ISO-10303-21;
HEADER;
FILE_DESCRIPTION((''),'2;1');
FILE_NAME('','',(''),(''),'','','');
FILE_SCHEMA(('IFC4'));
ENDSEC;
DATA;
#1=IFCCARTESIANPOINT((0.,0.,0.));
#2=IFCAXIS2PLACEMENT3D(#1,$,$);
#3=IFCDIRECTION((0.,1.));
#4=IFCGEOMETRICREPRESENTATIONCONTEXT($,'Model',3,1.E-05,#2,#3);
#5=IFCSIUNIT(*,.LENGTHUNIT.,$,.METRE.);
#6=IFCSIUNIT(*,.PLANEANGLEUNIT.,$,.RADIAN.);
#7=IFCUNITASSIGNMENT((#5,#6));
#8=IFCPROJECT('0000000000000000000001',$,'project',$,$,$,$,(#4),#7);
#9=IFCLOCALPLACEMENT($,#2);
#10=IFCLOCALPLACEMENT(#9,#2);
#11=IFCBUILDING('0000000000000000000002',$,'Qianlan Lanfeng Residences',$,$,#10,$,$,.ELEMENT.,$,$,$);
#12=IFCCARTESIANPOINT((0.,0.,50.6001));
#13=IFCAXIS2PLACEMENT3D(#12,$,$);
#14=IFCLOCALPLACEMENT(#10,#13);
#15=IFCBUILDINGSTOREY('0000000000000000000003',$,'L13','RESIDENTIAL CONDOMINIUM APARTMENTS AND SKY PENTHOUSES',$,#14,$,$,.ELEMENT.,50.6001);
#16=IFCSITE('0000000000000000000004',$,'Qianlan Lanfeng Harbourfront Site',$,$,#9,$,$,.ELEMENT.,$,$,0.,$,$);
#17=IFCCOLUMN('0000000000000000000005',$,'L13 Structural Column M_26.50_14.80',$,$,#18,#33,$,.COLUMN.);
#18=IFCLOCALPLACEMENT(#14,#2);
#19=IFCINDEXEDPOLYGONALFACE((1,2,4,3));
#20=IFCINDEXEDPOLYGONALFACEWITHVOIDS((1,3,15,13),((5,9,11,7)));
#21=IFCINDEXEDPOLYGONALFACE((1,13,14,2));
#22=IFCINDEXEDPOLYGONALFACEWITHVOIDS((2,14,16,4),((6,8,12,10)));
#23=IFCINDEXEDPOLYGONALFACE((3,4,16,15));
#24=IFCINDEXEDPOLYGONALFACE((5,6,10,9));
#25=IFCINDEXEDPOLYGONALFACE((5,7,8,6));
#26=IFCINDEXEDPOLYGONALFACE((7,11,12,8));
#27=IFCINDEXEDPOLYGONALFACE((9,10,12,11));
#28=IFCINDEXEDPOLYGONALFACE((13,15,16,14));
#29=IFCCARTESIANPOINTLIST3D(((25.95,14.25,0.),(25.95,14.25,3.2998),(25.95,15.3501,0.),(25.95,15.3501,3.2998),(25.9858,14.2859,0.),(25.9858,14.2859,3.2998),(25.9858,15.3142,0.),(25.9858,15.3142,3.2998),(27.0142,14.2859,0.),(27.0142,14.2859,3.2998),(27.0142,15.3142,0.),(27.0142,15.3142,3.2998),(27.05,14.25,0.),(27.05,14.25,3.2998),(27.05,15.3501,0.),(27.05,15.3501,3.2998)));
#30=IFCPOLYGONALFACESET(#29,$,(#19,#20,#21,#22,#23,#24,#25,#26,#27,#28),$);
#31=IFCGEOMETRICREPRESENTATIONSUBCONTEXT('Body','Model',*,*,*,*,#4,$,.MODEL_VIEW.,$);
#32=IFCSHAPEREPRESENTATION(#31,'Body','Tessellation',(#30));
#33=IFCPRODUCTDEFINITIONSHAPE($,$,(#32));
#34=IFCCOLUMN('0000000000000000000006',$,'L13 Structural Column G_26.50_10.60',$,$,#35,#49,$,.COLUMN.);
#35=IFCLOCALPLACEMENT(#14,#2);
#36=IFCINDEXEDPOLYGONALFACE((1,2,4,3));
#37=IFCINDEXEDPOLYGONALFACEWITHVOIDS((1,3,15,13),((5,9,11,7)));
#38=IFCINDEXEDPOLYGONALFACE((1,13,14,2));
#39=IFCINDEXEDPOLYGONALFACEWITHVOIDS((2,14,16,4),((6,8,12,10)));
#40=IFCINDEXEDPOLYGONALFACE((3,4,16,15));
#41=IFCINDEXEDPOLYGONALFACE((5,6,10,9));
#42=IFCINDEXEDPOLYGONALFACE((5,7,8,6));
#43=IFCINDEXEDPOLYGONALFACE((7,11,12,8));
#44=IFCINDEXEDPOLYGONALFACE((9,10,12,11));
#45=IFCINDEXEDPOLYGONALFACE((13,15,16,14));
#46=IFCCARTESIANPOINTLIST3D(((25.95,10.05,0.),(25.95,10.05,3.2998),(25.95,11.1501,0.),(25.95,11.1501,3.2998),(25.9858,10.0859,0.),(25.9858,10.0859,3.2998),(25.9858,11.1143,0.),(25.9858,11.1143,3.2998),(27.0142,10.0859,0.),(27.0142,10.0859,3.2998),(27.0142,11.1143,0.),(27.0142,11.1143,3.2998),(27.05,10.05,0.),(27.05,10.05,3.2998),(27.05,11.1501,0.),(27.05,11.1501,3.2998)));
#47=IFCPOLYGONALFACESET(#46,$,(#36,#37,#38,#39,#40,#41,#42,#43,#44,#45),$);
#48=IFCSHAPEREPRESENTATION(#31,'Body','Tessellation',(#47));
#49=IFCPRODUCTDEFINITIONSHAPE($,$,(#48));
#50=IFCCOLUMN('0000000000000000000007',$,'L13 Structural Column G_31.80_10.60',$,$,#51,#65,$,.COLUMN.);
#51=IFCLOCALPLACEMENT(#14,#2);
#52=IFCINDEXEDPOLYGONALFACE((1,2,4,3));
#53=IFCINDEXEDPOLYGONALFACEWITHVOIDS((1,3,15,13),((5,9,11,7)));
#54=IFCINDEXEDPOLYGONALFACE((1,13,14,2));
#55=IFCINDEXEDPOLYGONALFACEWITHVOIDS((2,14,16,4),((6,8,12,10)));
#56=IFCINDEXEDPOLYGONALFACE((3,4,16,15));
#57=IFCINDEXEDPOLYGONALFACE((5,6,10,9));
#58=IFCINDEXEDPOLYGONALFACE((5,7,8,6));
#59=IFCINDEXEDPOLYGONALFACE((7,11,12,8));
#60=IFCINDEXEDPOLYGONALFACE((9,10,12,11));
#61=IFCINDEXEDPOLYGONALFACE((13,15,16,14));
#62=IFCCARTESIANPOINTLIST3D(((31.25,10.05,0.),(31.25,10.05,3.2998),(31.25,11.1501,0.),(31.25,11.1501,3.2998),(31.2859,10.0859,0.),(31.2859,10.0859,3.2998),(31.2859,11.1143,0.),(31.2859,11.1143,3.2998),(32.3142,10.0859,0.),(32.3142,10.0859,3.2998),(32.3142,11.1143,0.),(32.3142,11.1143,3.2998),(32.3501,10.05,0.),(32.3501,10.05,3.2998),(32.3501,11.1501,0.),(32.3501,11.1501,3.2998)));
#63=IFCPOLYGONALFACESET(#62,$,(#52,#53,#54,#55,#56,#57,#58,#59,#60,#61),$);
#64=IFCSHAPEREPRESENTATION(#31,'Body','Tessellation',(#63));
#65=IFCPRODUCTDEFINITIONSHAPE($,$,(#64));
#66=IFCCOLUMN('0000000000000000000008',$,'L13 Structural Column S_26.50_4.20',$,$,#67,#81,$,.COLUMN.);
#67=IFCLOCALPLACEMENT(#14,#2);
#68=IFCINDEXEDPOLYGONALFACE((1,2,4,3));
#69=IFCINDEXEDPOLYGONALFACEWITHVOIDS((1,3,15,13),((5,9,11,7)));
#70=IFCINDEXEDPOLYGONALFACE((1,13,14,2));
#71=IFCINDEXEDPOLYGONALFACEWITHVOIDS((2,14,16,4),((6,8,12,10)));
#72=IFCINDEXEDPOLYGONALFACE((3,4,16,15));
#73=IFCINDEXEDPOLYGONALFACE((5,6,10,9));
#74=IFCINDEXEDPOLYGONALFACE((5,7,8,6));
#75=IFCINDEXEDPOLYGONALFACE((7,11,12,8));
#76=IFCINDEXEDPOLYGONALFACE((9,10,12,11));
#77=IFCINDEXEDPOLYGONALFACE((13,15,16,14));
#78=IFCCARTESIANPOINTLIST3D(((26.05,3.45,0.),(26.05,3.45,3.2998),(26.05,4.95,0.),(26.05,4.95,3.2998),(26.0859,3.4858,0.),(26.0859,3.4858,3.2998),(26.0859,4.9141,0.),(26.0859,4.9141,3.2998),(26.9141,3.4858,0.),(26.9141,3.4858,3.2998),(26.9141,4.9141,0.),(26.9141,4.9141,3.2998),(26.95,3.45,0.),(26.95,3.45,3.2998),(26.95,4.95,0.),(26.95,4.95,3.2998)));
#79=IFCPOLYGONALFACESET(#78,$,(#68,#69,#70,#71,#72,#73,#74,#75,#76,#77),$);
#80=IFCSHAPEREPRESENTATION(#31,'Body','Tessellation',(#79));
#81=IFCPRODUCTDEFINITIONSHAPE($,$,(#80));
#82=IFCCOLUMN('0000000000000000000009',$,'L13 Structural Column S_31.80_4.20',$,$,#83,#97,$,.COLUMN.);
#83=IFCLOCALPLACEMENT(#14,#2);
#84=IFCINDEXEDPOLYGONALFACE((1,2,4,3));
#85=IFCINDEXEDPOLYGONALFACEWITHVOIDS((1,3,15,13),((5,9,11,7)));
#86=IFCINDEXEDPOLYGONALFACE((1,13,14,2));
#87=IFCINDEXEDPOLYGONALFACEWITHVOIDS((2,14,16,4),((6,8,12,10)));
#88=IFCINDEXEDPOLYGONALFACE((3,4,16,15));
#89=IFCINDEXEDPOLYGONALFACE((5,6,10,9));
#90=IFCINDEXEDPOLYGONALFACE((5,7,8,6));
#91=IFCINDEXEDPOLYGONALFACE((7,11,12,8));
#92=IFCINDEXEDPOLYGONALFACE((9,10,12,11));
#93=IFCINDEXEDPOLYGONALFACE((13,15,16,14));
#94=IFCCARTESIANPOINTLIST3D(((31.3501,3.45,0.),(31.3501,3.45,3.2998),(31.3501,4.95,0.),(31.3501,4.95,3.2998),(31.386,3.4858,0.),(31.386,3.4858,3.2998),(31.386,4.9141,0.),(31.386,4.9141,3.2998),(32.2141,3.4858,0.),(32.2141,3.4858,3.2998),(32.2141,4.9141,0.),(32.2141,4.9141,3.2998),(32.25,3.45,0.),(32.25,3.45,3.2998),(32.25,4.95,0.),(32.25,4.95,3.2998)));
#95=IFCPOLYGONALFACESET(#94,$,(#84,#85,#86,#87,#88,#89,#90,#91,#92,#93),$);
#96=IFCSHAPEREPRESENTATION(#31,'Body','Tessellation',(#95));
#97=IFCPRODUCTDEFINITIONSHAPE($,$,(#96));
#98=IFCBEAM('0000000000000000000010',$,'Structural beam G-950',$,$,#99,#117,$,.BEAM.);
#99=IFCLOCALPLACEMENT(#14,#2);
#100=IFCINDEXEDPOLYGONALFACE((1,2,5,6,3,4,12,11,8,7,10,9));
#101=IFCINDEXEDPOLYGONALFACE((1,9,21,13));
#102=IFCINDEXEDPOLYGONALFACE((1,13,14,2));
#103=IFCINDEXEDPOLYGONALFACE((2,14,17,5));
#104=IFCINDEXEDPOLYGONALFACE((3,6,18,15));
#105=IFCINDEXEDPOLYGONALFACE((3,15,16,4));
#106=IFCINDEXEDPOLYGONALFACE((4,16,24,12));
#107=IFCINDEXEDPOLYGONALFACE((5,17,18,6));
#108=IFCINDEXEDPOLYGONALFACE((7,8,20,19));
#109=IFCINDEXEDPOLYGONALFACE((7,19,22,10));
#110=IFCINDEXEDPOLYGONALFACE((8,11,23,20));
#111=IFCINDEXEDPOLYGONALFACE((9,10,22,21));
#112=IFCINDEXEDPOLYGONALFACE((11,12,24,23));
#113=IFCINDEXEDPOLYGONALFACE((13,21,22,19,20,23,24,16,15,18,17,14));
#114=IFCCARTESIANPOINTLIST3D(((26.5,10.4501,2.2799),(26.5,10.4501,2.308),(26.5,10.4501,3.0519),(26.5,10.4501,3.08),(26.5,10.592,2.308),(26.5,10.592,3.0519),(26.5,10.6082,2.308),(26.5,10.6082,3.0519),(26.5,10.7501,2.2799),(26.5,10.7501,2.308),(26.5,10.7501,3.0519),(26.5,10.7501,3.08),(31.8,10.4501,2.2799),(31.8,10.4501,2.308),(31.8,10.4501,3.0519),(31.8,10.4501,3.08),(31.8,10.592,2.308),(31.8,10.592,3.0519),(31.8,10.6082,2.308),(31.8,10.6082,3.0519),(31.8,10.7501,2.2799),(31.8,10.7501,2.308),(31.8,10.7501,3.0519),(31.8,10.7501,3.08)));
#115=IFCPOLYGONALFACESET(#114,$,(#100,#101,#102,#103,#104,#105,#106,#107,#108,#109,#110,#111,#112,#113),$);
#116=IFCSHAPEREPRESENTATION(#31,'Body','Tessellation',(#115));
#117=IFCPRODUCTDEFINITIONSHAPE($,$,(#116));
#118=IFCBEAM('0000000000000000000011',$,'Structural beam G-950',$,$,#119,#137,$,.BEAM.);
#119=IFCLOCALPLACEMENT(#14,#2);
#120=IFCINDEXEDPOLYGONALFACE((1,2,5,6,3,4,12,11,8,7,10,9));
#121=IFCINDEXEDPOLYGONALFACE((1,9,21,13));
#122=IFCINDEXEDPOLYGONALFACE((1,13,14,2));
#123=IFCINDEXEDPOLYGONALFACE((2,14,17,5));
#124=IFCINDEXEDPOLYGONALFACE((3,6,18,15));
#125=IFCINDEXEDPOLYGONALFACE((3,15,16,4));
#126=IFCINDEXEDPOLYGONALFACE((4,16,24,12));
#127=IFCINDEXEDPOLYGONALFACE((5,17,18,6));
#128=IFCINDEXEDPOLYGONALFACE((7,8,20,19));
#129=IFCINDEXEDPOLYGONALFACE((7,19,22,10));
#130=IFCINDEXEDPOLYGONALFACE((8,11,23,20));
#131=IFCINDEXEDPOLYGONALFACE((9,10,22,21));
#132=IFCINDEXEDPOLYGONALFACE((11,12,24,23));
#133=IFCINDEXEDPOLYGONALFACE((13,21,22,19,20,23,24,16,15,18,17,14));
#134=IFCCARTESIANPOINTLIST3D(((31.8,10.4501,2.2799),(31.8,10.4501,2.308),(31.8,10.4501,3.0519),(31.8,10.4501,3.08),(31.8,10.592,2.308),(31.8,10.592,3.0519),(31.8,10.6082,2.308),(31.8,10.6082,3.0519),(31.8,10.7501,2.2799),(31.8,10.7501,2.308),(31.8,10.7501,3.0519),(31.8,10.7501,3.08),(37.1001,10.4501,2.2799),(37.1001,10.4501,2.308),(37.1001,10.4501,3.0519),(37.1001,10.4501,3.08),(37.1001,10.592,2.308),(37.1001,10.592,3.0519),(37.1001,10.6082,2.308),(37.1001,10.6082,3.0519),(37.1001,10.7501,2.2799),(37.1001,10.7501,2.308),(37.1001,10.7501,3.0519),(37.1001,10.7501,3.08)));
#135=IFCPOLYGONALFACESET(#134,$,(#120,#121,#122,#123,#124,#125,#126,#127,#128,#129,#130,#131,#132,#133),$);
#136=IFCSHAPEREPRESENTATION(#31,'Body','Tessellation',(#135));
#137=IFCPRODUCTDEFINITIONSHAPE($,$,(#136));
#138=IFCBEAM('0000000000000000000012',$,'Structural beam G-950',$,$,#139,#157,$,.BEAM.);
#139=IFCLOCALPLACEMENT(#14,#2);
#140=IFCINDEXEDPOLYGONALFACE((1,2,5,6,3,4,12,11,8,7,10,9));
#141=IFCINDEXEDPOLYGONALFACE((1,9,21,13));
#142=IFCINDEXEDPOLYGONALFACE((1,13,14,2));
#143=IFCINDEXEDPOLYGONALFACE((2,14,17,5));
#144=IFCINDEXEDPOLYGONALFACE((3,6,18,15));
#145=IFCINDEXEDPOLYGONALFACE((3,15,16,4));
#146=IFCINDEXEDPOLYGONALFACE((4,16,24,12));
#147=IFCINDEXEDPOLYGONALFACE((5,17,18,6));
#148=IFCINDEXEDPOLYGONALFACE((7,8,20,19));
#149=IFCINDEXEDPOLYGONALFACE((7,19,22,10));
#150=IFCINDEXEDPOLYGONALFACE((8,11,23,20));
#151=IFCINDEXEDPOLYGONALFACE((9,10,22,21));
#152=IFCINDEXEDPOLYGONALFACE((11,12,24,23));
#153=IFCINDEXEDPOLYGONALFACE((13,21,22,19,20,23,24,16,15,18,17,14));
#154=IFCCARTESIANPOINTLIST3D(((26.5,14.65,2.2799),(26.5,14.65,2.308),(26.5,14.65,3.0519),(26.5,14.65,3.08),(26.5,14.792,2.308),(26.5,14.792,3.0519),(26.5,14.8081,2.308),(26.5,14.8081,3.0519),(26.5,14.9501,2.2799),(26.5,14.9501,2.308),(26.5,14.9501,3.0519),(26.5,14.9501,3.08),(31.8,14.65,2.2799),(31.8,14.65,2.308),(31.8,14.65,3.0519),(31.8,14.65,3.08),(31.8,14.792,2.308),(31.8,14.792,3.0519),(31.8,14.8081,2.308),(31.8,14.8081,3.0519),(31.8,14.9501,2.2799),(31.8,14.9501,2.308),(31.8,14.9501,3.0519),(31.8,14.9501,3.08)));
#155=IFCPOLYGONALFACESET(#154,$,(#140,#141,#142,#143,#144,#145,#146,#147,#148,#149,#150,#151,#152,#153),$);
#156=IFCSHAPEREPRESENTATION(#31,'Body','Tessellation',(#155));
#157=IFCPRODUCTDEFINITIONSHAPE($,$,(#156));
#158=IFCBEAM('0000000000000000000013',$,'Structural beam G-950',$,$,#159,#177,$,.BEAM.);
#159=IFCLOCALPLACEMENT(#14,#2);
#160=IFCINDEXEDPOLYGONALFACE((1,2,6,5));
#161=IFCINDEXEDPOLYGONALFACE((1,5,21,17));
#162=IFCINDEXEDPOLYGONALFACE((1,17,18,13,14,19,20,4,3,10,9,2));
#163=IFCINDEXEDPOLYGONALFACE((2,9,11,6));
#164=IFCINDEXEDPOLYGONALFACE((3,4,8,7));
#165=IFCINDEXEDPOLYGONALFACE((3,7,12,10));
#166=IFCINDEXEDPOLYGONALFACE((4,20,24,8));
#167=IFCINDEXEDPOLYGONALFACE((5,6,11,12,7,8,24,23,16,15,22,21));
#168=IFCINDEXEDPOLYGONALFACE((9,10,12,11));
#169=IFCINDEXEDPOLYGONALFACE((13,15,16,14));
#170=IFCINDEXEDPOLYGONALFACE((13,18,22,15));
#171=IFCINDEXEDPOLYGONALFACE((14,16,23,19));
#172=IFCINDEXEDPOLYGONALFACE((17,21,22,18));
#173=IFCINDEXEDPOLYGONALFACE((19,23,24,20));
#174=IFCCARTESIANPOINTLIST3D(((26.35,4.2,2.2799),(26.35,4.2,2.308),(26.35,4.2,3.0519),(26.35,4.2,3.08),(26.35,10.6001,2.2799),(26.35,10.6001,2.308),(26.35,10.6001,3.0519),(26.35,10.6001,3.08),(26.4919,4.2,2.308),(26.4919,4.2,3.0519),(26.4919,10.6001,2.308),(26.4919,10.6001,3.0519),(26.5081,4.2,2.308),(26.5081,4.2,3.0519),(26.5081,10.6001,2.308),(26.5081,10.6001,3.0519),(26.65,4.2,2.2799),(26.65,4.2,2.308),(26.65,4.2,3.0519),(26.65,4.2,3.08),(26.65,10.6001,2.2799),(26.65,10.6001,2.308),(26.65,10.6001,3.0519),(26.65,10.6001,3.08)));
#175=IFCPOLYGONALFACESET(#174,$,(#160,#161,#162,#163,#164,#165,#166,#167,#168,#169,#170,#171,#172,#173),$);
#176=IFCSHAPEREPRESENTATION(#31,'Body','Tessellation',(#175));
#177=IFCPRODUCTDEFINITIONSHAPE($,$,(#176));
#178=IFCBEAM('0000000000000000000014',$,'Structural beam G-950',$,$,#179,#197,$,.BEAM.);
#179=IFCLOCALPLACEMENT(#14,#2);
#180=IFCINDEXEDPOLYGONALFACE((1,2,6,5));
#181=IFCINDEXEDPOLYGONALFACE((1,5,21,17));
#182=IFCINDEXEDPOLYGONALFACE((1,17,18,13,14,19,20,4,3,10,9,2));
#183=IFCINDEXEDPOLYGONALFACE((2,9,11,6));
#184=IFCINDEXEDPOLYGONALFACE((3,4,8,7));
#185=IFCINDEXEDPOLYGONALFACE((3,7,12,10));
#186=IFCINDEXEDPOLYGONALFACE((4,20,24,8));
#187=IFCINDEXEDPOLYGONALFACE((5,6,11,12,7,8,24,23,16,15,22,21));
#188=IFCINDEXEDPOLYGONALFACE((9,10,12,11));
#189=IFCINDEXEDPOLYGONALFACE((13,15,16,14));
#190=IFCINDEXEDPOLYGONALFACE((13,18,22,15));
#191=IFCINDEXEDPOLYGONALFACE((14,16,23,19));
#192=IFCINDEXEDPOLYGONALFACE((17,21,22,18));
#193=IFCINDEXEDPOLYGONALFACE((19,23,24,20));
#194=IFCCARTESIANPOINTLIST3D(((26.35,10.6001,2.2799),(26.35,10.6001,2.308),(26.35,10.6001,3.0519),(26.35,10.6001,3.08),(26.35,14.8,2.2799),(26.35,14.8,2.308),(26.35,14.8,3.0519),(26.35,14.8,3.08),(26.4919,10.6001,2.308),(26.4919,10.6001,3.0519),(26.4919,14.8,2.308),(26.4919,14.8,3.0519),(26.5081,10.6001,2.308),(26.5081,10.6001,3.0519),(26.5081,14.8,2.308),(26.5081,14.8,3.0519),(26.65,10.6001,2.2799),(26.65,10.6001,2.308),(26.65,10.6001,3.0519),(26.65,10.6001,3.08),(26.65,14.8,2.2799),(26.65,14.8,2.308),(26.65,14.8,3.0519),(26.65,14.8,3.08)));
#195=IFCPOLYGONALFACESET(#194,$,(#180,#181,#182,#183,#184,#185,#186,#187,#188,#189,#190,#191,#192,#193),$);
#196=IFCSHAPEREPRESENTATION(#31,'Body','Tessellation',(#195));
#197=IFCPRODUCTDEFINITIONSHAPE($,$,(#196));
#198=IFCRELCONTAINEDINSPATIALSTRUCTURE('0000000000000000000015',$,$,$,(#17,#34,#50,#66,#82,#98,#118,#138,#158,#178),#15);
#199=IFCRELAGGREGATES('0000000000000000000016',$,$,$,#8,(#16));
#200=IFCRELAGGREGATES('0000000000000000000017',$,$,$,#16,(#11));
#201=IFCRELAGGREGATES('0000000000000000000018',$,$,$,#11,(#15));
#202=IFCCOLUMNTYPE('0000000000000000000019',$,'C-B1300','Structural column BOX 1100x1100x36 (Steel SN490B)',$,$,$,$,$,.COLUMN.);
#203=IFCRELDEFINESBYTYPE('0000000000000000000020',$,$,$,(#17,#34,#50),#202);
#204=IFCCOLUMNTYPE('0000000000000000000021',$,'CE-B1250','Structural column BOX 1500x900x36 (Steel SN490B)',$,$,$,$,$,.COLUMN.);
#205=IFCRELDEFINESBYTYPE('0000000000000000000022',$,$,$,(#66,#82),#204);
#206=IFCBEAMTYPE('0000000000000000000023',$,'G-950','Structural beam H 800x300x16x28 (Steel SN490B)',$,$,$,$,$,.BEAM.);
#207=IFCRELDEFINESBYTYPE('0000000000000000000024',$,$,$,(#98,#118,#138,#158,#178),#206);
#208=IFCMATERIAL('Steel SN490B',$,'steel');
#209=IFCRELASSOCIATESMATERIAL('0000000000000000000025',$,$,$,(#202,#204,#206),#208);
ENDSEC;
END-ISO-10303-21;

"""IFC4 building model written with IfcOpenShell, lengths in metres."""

from ifc_helpers import new_model, si_unit, direction, frame, origin, origin_2d, place, context, subcontext, project, spatial, hollow_rectangle, i_section, extrude, material, material_profile, profile_set, type_object, element, save


model = new_model("IFC4")

# Units and contexts
model_context = context("Model", 3, precision=1e-05, world=origin(), true_north=direction((0.0, 1.0)))
body_context = subcontext(model_context, "Body", "Model", "MODEL_VIEW")
ifc_project = project(units=[si_unit("LENGTHUNIT", "METRE"), si_unit("PLANEANGLEUNIT", "RADIAN")], contexts=[model_context])

# Site, building, storey
site_placement = place(None, origin())
site = spatial("IfcSite", under=ifc_project, at=site_placement, Name="Qianlan Lanfeng Harbourfront Site", CompositionType="ELEMENT", RefElevation=0.0)
building_placement = place(site_placement, origin())
building = spatial("IfcBuilding", under=site, at=building_placement, Name="Qianlan Lanfeng Residences", CompositionType="ELEMENT")
storey_placement = place(building_placement, frame((0.0, 0.0, 50.6001)))
storey = spatial("IfcBuildingStorey", under=building, at=storey_placement, Name="L13", Description="RESIDENTIAL CONDOMINIUM APARTMENTS AND SKY PENTHOUSES", CompositionType="ELEMENT", Elevation=50.6001)

# Columns
ifc_material_1 = material(Name="Steel SN490B", Category="steel")
ifc_material_profile_1 = material_profile(ifc_material_1, hollow_rectangle(XDim=1.1001, YDim=1.1001, WallThickness=0.0359, at=origin_2d()), Name="BOX 1100x1100x36")
ifc_profile_set_1 = profile_set([ifc_material_profile_1], Name="Steel SN490B")
column_type_1 = type_object("IfcColumnType", Name="C-B1300", Description="Structural column BOX 1100x1100x36 (Steel SN490B)", PredefinedType="COLUMN", material=ifc_profile_set_1)
for number, where, z_axis, x_axis, name in (
    (1, (26.5, 14.8, 0.0), (0.0, 0.0, 1.0), (1.0, 0.0, 0.0), "L13 Structural Column M_26.50_14.80"),
    (2, (26.5, 10.6001, 0.0), (0.0, 0.0, 1.0), (1.0, 0.0, 0.0), "L13 Structural Column G_26.50_10.60"),
    (3, (31.8, 10.6001, 0.0), (0.0, 0.0, 1.0), (1.0, 0.0, 0.0), "L13 Structural Column G_31.80_10.60"),
):
    element("IfcColumn", number, at=place(storey_placement, frame(where, z_axis=z_axis, x_axis=x_axis)), inside=storey, type_object=column_type_1, Name=name, PredefinedType="COLUMN", context=body_context, shape_type="SweptSolid", body=[
        extrude(hollow_rectangle(XDim=1.1001, YDim=1.1001, WallThickness=0.0359, at=origin_2d()), origin(), (0.0, 0.0, 1.0), 3.2998),
    ])
ifc_material_profile_2 = material_profile(ifc_material_1, hollow_rectangle(XDim=0.8999, YDim=1.5, WallThickness=0.0359, at=origin_2d()), Name="BOX 1500x900x36")
ifc_profile_set_2 = profile_set([ifc_material_profile_2], Name="Steel SN490B")
column_type_2 = type_object("IfcColumnType", Name="CE-B1250", Description="Structural column BOX 1500x900x36 (Steel SN490B)", PredefinedType="COLUMN", material=ifc_profile_set_2)
for number, where, z_axis, x_axis, name in (
    (4, (26.5, 4.2, 0.0), (0.0, 0.0, 1.0), (1.0, 0.0, 0.0), "L13 Structural Column S_26.50_4.20"),
    (5, (31.8, 4.2, 0.0), (0.0, 0.0, 1.0), (1.0, 0.0, 0.0), "L13 Structural Column S_31.80_4.20"),
):
    element("IfcColumn", number, at=place(storey_placement, frame(where, z_axis=z_axis, x_axis=x_axis)), inside=storey, type_object=column_type_2, Name=name, PredefinedType="COLUMN", context=body_context, shape_type="SweptSolid", body=[
        extrude(hollow_rectangle(XDim=0.8999, YDim=1.5, WallThickness=0.0359, at=origin_2d()), origin(), (0.0, 0.0, 1.0), 3.2998),
    ])

# Beams
ifc_material_profile_3 = material_profile(ifc_material_1, i_section(OverallWidth=0.3, OverallDepth=0.8, WebThickness=0.0161, FlangeThickness=0.0281, at=origin_2d()), Name="H 800x300x16x28")
ifc_profile_set_3 = profile_set([ifc_material_profile_3], Name="Steel SN490B")
beam_type_1 = type_object("IfcBeamType", Name="G-950", Description="Structural beam H 800x300x16x28 (Steel SN490B)", PredefinedType="BEAM", material=ifc_profile_set_3)
for number, where, z_axis, x_axis, name in (
    (6, (26.5, 10.6001, 2.6799), (1.0, 0.0, 0.0), (0.0, 1.0, 0.0), "Structural beam G-950"),
    (7, (31.8, 10.6001, 2.6799), (1.0, 0.0, 0.0), (0.0, 1.0, 0.0), "Structural beam G-950"),
    (8, (26.5, 14.8, 2.6799), (1.0, 0.0, 0.0), (0.0, 1.0, 0.0), "Structural beam G-950"),
):
    element("IfcBeam", number, at=place(storey_placement, frame(where, z_axis=z_axis, x_axis=x_axis)), inside=storey, type_object=beam_type_1, Name=name, PredefinedType="BEAM", context=body_context, shape_type="SweptSolid", body=[
        extrude(i_section(OverallWidth=0.3, OverallDepth=0.8, WebThickness=0.0161, FlangeThickness=0.0281, at=origin_2d()), origin(), (0.0, 0.0, 1.0), 5.3),
    ])
beam_1_placement = place(storey_placement, frame((26.5, 4.2, 2.6799), z_axis=(0.0, 1.0, 0.0), x_axis=(-1.0, 0.0, 0.0)))
element("IfcBeam", 9, at=beam_1_placement, inside=storey, type_object=beam_type_1, Name="Structural beam G-950", PredefinedType="BEAM", context=body_context, shape_type="SweptSolid", body=[
    extrude(i_section(OverallWidth=0.3, OverallDepth=0.8, WebThickness=0.0161, FlangeThickness=0.0281, at=origin_2d()), origin(), (0.0, 0.0, 1.0), 6.4001),
])
beam_2_placement = place(storey_placement, frame((26.5, 10.6001, 2.6799), z_axis=(0.0, 1.0, 0.0), x_axis=(-1.0, 0.0, 0.0)))
element("IfcBeam", 10, at=beam_2_placement, inside=storey, type_object=beam_type_1, Name="Structural beam G-950", PredefinedType="BEAM", context=body_context, shape_type="SweptSolid", body=[
    extrude(i_section(OverallWidth=0.3, OverallDepth=0.8, WebThickness=0.0161, FlangeThickness=0.0281, at=origin_2d()), origin(), (0.0, 0.0, 1.0), 4.2),
])

save(model, "model.ifc")
